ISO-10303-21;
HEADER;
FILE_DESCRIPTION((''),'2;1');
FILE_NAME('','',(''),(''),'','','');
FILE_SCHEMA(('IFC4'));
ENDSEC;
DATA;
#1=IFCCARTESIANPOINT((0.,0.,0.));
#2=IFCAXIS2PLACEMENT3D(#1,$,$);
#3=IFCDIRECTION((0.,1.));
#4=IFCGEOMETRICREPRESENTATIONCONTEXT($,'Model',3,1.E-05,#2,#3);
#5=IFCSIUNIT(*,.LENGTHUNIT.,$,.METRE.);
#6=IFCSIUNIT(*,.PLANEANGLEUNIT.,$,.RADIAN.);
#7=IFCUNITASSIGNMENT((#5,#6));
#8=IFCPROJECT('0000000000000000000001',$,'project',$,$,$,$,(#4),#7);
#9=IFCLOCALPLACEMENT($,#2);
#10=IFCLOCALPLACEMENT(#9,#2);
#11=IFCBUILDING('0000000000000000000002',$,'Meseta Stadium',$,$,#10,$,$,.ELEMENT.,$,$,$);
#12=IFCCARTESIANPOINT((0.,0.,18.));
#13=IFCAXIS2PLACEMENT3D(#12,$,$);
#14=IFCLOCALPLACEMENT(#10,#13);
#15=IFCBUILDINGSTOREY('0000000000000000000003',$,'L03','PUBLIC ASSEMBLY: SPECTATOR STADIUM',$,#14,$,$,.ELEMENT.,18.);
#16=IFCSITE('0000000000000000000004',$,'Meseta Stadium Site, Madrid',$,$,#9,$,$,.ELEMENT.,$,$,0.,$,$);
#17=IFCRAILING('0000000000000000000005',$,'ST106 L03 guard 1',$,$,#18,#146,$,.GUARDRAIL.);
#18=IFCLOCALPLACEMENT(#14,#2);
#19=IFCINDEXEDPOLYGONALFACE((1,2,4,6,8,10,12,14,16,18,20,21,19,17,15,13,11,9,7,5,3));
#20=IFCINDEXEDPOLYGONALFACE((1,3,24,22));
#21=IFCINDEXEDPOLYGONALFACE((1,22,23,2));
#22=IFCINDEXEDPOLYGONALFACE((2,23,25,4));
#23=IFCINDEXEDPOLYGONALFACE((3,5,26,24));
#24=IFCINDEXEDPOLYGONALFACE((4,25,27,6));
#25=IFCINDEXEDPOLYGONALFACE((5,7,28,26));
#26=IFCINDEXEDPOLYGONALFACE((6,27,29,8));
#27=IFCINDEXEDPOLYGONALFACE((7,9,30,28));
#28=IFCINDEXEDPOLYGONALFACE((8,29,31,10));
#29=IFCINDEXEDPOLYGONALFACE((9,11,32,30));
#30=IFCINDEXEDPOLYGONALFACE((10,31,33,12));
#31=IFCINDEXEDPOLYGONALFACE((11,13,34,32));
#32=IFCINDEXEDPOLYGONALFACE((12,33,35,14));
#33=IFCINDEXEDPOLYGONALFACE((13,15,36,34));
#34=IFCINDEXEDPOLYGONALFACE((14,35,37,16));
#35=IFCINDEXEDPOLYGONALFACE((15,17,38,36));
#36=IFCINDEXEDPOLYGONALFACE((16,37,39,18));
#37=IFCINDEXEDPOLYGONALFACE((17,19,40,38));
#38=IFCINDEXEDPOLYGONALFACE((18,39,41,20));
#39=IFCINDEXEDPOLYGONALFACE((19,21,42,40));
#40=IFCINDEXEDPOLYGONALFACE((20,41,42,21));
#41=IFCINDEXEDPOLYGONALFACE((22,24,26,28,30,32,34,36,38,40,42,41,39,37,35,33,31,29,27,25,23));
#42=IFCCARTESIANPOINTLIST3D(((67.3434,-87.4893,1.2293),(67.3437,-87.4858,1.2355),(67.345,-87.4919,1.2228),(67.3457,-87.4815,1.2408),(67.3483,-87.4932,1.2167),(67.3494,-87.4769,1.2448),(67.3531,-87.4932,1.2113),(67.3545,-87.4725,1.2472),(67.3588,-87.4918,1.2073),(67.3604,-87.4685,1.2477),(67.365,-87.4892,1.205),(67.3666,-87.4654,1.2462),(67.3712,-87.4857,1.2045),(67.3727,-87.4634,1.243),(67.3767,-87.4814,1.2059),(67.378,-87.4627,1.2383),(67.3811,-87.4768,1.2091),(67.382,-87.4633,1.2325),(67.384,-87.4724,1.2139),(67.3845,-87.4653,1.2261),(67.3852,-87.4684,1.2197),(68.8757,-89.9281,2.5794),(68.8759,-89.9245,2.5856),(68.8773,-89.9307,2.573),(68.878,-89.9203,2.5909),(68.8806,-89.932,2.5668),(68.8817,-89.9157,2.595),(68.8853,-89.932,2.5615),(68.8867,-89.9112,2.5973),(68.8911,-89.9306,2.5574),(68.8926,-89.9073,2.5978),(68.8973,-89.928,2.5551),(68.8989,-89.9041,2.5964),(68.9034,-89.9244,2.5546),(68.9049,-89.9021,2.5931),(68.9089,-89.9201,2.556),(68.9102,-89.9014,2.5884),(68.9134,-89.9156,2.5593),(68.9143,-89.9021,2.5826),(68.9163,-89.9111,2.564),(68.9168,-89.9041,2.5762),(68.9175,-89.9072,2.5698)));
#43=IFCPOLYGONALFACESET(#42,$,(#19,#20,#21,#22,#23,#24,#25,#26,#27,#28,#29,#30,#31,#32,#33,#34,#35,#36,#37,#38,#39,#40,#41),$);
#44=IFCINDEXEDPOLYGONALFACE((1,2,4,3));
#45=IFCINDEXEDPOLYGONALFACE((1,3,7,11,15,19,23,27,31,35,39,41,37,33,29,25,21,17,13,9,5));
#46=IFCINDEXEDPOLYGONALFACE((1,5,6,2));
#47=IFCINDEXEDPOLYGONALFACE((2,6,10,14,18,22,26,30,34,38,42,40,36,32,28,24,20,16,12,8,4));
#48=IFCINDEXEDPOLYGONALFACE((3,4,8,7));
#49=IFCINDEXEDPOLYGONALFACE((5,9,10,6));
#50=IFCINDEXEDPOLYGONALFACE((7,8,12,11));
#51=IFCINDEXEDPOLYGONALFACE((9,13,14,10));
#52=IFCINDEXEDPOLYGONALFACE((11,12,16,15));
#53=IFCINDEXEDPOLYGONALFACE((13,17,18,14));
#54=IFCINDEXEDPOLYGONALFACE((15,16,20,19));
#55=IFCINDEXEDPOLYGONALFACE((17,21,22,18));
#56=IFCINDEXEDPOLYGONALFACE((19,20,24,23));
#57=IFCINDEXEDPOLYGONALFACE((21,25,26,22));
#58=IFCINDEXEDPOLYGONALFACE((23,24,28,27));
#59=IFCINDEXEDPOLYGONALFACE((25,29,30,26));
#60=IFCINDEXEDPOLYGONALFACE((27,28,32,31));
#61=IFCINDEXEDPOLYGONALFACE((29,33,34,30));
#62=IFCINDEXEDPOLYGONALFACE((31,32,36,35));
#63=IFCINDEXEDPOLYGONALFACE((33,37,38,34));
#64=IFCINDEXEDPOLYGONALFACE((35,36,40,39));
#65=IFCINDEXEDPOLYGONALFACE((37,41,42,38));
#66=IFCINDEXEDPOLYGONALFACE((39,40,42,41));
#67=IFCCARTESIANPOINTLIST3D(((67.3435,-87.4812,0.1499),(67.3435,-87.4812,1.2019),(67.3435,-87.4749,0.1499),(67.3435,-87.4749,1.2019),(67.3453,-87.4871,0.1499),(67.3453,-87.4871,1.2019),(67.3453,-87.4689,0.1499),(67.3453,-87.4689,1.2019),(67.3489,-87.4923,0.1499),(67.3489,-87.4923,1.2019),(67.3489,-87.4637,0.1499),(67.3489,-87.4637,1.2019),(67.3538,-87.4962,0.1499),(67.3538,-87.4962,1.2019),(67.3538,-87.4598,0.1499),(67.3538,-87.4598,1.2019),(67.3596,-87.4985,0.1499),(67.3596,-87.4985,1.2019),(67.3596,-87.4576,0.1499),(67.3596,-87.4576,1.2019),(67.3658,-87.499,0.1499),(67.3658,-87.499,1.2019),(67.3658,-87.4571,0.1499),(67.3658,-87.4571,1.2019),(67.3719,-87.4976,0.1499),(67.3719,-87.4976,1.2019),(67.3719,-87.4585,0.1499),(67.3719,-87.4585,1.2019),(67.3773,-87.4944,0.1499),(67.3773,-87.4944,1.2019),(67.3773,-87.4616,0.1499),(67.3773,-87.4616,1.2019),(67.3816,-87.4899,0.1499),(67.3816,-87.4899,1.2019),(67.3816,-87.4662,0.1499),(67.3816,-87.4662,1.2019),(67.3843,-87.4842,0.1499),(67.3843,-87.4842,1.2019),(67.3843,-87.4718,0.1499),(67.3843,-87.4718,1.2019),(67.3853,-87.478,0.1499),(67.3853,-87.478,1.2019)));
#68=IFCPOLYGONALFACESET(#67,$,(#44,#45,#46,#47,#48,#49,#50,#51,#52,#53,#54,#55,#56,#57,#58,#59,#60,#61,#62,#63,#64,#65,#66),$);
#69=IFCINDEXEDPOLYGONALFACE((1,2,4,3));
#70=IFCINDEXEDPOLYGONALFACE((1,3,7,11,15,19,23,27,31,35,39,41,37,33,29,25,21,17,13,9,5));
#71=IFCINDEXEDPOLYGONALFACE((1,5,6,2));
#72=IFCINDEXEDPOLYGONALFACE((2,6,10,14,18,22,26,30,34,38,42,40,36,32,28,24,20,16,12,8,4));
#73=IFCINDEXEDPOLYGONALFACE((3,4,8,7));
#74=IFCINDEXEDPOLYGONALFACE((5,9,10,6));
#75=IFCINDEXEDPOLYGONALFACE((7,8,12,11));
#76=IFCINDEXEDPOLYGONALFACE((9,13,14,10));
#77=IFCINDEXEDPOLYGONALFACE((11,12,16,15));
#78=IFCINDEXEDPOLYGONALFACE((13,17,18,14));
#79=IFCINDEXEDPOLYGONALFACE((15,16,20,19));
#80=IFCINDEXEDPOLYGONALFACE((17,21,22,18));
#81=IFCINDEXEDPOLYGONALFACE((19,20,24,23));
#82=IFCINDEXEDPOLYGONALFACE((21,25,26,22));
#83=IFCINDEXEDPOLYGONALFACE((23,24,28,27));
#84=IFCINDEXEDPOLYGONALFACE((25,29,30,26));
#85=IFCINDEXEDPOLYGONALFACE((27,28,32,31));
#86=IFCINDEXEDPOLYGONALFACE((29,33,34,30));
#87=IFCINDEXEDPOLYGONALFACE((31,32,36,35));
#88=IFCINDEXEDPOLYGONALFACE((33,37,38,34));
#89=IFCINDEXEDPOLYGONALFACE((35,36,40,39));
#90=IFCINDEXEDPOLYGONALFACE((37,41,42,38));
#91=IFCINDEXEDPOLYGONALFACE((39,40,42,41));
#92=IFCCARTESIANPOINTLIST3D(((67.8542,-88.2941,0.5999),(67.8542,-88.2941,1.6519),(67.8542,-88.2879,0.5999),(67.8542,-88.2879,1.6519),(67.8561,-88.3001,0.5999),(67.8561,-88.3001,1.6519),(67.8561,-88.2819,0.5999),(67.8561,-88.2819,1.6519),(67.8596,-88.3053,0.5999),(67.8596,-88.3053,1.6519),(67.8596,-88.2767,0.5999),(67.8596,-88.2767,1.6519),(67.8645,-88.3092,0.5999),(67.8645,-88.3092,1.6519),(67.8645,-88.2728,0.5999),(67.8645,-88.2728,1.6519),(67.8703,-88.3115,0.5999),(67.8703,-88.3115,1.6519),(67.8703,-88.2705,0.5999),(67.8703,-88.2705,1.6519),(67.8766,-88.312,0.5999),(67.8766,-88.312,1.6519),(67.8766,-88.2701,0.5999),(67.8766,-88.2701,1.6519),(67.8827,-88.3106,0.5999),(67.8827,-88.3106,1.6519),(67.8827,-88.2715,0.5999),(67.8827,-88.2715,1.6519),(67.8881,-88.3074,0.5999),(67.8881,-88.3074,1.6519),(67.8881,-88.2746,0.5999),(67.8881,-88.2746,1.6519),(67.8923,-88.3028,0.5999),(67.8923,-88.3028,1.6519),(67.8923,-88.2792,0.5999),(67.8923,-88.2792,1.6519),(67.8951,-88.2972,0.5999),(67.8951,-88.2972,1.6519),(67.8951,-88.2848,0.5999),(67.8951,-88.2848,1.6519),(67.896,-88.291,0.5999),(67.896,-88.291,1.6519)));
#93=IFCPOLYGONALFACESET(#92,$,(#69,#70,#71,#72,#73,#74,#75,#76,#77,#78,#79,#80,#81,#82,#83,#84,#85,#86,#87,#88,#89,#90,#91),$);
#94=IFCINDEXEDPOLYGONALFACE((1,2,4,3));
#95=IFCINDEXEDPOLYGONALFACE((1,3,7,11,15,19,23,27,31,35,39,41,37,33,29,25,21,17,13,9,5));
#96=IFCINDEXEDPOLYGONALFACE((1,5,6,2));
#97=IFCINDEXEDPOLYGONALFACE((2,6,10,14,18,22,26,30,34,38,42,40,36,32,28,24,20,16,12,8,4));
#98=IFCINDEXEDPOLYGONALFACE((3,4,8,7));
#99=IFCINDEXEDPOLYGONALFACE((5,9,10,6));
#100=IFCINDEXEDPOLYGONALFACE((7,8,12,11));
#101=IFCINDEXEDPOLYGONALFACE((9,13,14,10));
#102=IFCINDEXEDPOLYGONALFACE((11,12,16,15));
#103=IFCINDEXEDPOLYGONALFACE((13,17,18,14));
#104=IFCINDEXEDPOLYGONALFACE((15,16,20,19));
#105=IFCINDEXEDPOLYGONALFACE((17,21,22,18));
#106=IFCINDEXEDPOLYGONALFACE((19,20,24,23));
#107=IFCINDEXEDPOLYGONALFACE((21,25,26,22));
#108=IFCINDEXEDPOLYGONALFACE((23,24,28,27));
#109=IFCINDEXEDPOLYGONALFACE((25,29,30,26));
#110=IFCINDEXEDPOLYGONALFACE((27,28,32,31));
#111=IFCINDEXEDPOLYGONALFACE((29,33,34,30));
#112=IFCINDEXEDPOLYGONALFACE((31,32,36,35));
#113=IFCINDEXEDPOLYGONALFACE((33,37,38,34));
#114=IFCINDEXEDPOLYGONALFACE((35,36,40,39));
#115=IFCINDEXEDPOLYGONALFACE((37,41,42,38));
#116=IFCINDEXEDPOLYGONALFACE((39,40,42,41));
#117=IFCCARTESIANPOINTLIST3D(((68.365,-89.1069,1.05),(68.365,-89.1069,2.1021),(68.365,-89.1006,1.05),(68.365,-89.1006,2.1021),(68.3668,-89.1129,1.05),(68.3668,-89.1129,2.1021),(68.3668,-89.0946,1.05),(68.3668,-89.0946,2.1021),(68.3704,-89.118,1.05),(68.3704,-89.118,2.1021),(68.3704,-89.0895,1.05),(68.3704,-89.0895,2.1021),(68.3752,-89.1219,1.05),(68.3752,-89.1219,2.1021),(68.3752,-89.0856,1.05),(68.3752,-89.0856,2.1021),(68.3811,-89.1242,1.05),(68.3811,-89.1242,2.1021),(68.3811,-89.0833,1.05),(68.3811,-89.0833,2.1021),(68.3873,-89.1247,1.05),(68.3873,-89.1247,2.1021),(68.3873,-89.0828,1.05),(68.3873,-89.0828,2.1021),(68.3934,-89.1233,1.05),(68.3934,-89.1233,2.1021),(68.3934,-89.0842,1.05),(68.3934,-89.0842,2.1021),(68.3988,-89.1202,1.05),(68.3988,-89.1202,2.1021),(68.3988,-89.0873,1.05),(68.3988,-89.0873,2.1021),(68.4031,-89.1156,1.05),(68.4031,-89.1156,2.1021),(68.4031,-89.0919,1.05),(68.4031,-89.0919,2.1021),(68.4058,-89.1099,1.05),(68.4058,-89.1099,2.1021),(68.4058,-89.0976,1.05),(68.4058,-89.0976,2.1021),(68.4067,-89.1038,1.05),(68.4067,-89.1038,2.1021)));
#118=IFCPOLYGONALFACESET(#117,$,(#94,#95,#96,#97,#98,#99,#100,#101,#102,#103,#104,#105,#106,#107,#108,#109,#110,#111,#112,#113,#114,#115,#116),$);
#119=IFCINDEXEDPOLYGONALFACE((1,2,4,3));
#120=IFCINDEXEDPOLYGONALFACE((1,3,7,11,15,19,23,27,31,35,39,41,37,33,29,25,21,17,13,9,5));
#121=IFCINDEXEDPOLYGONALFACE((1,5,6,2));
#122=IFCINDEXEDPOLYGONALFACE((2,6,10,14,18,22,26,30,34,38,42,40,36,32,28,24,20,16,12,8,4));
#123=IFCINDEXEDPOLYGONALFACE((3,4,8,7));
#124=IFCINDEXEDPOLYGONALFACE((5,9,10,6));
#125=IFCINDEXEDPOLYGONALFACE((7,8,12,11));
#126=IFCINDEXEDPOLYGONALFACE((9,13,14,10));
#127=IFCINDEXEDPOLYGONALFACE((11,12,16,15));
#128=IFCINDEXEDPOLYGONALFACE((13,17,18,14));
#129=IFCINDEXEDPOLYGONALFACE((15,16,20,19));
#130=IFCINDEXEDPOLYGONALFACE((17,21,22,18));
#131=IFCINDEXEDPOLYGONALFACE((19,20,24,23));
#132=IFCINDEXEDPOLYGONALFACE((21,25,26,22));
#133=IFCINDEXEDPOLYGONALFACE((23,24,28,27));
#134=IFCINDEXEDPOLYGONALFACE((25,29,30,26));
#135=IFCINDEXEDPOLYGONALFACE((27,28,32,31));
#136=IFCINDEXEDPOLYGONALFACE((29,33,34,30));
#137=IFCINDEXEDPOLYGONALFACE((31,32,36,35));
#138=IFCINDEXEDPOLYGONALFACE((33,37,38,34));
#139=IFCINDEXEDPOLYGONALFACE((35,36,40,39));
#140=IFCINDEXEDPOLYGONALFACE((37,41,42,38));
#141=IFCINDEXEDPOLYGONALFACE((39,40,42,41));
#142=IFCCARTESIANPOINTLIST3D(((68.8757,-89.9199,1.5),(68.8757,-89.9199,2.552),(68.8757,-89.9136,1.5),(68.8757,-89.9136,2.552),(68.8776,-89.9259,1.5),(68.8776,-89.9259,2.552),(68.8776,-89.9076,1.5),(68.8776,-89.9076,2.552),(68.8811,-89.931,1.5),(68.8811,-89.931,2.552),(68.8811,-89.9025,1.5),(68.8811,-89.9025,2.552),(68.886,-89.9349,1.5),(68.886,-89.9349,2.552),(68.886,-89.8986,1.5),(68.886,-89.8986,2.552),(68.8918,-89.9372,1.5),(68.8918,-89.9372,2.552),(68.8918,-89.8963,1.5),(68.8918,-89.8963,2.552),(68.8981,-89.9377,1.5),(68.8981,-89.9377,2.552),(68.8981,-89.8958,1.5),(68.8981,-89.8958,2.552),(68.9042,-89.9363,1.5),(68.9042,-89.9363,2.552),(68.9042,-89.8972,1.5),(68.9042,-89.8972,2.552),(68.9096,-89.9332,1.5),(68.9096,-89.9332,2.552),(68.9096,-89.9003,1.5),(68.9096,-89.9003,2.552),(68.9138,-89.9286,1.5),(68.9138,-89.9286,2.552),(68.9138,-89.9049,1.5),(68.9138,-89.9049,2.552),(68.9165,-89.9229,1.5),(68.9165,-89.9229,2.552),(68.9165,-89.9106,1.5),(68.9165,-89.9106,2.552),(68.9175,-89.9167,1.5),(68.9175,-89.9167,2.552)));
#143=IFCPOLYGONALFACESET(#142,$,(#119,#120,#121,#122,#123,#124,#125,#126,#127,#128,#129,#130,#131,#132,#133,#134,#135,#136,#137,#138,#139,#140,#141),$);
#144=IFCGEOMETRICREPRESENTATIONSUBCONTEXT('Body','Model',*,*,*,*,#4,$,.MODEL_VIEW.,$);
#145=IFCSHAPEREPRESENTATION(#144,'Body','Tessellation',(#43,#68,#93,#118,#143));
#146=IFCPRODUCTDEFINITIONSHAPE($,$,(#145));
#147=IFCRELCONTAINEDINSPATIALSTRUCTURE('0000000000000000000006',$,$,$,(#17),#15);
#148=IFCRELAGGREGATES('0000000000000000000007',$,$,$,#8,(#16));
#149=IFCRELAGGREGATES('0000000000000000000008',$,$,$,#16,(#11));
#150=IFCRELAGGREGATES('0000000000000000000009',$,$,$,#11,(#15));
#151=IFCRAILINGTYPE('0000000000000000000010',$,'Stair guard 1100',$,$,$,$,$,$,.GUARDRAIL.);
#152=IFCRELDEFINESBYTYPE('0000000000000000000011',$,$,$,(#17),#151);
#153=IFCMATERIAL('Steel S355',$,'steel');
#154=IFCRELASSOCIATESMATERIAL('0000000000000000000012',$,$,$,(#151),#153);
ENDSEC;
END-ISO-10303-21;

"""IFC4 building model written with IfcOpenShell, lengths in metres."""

from ifc_helpers import new_model, si_unit, direction, frame, origin, origin_2d, place, context, subcontext, project, spatial, circle, extrude, material, type_object, element, save


model = new_model("IFC4")

# Units and contexts
model_context = context("Model", 3, precision=1e-05, world=origin(), true_north=direction((0.0, 1.0)))
body_context = subcontext(model_context, "Body", "Model", "MODEL_VIEW")
ifc_project = project(units=[si_unit("LENGTHUNIT", "METRE"), si_unit("PLANEANGLEUNIT", "RADIAN")], contexts=[model_context])

# Site, building, storey
site_placement = place(None, origin())
site = spatial("IfcSite", under=ifc_project, at=site_placement, Name="Meseta Stadium Site, Madrid", CompositionType="ELEMENT", RefElevation=0.0)
building_placement = place(site_placement, origin())
building = spatial("IfcBuilding", under=site, at=building_placement, Name="Meseta Stadium", CompositionType="ELEMENT")
storey_placement = place(building_placement, frame((0.0, 0.0, 18.0)))
storey = spatial("IfcBuildingStorey", under=building, at=storey_placement, Name="L03", Description="PUBLIC ASSEMBLY: SPECTATOR STADIUM", CompositionType="ELEMENT", Elevation=18.0)

# Railing
ifc_material_1 = material(Name="Steel S355", Category="steel")
railing_type_1 = type_object("IfcRailingType", Name="Stair guard 1100", PredefinedType="GUARDRAIL", material=ifc_material_1)
railing_1_placement = place(storey_placement, frame((67.3643, -87.478, 0.1499)))
element("IfcRailing", 1, at=railing_1_placement, inside=storey, type_object=railing_type_1, Name="ST106 L03 guard 1", PredefinedType="GUARDRAIL", context=body_context, shape_type="SweptSolid", body=[
    extrude(circle(Radius=0.0239, at=origin_2d()), frame((0.0, 0.0, 1.0762), z_axis=(0.481703, -0.766687, 0.424445), x_axis=(0.846743, 0.532001, 0.0)), (0.0, 0.0, 1.0), 3.1809),
    extrude(circle(Radius=0.021, at=origin_2d()), origin(), (0.0, 0.0, 1.0), 1.052),
    extrude(circle(Radius=0.021, at=origin_2d()), frame((0.5107, -0.813, 0.45)), (0.0, 0.0, 1.0), 1.052),
    extrude(circle(Radius=0.021, at=origin_2d()), frame((1.0215, -1.6257, 0.9001)), (0.0, 0.0, 1.0), 1.052),
    extrude(circle(Radius=0.021, at=origin_2d()), frame((1.5322, -2.4387, 1.3501)), (0.0, 0.0, 1.0), 1.052),
])

save(model, "model.ifc")
